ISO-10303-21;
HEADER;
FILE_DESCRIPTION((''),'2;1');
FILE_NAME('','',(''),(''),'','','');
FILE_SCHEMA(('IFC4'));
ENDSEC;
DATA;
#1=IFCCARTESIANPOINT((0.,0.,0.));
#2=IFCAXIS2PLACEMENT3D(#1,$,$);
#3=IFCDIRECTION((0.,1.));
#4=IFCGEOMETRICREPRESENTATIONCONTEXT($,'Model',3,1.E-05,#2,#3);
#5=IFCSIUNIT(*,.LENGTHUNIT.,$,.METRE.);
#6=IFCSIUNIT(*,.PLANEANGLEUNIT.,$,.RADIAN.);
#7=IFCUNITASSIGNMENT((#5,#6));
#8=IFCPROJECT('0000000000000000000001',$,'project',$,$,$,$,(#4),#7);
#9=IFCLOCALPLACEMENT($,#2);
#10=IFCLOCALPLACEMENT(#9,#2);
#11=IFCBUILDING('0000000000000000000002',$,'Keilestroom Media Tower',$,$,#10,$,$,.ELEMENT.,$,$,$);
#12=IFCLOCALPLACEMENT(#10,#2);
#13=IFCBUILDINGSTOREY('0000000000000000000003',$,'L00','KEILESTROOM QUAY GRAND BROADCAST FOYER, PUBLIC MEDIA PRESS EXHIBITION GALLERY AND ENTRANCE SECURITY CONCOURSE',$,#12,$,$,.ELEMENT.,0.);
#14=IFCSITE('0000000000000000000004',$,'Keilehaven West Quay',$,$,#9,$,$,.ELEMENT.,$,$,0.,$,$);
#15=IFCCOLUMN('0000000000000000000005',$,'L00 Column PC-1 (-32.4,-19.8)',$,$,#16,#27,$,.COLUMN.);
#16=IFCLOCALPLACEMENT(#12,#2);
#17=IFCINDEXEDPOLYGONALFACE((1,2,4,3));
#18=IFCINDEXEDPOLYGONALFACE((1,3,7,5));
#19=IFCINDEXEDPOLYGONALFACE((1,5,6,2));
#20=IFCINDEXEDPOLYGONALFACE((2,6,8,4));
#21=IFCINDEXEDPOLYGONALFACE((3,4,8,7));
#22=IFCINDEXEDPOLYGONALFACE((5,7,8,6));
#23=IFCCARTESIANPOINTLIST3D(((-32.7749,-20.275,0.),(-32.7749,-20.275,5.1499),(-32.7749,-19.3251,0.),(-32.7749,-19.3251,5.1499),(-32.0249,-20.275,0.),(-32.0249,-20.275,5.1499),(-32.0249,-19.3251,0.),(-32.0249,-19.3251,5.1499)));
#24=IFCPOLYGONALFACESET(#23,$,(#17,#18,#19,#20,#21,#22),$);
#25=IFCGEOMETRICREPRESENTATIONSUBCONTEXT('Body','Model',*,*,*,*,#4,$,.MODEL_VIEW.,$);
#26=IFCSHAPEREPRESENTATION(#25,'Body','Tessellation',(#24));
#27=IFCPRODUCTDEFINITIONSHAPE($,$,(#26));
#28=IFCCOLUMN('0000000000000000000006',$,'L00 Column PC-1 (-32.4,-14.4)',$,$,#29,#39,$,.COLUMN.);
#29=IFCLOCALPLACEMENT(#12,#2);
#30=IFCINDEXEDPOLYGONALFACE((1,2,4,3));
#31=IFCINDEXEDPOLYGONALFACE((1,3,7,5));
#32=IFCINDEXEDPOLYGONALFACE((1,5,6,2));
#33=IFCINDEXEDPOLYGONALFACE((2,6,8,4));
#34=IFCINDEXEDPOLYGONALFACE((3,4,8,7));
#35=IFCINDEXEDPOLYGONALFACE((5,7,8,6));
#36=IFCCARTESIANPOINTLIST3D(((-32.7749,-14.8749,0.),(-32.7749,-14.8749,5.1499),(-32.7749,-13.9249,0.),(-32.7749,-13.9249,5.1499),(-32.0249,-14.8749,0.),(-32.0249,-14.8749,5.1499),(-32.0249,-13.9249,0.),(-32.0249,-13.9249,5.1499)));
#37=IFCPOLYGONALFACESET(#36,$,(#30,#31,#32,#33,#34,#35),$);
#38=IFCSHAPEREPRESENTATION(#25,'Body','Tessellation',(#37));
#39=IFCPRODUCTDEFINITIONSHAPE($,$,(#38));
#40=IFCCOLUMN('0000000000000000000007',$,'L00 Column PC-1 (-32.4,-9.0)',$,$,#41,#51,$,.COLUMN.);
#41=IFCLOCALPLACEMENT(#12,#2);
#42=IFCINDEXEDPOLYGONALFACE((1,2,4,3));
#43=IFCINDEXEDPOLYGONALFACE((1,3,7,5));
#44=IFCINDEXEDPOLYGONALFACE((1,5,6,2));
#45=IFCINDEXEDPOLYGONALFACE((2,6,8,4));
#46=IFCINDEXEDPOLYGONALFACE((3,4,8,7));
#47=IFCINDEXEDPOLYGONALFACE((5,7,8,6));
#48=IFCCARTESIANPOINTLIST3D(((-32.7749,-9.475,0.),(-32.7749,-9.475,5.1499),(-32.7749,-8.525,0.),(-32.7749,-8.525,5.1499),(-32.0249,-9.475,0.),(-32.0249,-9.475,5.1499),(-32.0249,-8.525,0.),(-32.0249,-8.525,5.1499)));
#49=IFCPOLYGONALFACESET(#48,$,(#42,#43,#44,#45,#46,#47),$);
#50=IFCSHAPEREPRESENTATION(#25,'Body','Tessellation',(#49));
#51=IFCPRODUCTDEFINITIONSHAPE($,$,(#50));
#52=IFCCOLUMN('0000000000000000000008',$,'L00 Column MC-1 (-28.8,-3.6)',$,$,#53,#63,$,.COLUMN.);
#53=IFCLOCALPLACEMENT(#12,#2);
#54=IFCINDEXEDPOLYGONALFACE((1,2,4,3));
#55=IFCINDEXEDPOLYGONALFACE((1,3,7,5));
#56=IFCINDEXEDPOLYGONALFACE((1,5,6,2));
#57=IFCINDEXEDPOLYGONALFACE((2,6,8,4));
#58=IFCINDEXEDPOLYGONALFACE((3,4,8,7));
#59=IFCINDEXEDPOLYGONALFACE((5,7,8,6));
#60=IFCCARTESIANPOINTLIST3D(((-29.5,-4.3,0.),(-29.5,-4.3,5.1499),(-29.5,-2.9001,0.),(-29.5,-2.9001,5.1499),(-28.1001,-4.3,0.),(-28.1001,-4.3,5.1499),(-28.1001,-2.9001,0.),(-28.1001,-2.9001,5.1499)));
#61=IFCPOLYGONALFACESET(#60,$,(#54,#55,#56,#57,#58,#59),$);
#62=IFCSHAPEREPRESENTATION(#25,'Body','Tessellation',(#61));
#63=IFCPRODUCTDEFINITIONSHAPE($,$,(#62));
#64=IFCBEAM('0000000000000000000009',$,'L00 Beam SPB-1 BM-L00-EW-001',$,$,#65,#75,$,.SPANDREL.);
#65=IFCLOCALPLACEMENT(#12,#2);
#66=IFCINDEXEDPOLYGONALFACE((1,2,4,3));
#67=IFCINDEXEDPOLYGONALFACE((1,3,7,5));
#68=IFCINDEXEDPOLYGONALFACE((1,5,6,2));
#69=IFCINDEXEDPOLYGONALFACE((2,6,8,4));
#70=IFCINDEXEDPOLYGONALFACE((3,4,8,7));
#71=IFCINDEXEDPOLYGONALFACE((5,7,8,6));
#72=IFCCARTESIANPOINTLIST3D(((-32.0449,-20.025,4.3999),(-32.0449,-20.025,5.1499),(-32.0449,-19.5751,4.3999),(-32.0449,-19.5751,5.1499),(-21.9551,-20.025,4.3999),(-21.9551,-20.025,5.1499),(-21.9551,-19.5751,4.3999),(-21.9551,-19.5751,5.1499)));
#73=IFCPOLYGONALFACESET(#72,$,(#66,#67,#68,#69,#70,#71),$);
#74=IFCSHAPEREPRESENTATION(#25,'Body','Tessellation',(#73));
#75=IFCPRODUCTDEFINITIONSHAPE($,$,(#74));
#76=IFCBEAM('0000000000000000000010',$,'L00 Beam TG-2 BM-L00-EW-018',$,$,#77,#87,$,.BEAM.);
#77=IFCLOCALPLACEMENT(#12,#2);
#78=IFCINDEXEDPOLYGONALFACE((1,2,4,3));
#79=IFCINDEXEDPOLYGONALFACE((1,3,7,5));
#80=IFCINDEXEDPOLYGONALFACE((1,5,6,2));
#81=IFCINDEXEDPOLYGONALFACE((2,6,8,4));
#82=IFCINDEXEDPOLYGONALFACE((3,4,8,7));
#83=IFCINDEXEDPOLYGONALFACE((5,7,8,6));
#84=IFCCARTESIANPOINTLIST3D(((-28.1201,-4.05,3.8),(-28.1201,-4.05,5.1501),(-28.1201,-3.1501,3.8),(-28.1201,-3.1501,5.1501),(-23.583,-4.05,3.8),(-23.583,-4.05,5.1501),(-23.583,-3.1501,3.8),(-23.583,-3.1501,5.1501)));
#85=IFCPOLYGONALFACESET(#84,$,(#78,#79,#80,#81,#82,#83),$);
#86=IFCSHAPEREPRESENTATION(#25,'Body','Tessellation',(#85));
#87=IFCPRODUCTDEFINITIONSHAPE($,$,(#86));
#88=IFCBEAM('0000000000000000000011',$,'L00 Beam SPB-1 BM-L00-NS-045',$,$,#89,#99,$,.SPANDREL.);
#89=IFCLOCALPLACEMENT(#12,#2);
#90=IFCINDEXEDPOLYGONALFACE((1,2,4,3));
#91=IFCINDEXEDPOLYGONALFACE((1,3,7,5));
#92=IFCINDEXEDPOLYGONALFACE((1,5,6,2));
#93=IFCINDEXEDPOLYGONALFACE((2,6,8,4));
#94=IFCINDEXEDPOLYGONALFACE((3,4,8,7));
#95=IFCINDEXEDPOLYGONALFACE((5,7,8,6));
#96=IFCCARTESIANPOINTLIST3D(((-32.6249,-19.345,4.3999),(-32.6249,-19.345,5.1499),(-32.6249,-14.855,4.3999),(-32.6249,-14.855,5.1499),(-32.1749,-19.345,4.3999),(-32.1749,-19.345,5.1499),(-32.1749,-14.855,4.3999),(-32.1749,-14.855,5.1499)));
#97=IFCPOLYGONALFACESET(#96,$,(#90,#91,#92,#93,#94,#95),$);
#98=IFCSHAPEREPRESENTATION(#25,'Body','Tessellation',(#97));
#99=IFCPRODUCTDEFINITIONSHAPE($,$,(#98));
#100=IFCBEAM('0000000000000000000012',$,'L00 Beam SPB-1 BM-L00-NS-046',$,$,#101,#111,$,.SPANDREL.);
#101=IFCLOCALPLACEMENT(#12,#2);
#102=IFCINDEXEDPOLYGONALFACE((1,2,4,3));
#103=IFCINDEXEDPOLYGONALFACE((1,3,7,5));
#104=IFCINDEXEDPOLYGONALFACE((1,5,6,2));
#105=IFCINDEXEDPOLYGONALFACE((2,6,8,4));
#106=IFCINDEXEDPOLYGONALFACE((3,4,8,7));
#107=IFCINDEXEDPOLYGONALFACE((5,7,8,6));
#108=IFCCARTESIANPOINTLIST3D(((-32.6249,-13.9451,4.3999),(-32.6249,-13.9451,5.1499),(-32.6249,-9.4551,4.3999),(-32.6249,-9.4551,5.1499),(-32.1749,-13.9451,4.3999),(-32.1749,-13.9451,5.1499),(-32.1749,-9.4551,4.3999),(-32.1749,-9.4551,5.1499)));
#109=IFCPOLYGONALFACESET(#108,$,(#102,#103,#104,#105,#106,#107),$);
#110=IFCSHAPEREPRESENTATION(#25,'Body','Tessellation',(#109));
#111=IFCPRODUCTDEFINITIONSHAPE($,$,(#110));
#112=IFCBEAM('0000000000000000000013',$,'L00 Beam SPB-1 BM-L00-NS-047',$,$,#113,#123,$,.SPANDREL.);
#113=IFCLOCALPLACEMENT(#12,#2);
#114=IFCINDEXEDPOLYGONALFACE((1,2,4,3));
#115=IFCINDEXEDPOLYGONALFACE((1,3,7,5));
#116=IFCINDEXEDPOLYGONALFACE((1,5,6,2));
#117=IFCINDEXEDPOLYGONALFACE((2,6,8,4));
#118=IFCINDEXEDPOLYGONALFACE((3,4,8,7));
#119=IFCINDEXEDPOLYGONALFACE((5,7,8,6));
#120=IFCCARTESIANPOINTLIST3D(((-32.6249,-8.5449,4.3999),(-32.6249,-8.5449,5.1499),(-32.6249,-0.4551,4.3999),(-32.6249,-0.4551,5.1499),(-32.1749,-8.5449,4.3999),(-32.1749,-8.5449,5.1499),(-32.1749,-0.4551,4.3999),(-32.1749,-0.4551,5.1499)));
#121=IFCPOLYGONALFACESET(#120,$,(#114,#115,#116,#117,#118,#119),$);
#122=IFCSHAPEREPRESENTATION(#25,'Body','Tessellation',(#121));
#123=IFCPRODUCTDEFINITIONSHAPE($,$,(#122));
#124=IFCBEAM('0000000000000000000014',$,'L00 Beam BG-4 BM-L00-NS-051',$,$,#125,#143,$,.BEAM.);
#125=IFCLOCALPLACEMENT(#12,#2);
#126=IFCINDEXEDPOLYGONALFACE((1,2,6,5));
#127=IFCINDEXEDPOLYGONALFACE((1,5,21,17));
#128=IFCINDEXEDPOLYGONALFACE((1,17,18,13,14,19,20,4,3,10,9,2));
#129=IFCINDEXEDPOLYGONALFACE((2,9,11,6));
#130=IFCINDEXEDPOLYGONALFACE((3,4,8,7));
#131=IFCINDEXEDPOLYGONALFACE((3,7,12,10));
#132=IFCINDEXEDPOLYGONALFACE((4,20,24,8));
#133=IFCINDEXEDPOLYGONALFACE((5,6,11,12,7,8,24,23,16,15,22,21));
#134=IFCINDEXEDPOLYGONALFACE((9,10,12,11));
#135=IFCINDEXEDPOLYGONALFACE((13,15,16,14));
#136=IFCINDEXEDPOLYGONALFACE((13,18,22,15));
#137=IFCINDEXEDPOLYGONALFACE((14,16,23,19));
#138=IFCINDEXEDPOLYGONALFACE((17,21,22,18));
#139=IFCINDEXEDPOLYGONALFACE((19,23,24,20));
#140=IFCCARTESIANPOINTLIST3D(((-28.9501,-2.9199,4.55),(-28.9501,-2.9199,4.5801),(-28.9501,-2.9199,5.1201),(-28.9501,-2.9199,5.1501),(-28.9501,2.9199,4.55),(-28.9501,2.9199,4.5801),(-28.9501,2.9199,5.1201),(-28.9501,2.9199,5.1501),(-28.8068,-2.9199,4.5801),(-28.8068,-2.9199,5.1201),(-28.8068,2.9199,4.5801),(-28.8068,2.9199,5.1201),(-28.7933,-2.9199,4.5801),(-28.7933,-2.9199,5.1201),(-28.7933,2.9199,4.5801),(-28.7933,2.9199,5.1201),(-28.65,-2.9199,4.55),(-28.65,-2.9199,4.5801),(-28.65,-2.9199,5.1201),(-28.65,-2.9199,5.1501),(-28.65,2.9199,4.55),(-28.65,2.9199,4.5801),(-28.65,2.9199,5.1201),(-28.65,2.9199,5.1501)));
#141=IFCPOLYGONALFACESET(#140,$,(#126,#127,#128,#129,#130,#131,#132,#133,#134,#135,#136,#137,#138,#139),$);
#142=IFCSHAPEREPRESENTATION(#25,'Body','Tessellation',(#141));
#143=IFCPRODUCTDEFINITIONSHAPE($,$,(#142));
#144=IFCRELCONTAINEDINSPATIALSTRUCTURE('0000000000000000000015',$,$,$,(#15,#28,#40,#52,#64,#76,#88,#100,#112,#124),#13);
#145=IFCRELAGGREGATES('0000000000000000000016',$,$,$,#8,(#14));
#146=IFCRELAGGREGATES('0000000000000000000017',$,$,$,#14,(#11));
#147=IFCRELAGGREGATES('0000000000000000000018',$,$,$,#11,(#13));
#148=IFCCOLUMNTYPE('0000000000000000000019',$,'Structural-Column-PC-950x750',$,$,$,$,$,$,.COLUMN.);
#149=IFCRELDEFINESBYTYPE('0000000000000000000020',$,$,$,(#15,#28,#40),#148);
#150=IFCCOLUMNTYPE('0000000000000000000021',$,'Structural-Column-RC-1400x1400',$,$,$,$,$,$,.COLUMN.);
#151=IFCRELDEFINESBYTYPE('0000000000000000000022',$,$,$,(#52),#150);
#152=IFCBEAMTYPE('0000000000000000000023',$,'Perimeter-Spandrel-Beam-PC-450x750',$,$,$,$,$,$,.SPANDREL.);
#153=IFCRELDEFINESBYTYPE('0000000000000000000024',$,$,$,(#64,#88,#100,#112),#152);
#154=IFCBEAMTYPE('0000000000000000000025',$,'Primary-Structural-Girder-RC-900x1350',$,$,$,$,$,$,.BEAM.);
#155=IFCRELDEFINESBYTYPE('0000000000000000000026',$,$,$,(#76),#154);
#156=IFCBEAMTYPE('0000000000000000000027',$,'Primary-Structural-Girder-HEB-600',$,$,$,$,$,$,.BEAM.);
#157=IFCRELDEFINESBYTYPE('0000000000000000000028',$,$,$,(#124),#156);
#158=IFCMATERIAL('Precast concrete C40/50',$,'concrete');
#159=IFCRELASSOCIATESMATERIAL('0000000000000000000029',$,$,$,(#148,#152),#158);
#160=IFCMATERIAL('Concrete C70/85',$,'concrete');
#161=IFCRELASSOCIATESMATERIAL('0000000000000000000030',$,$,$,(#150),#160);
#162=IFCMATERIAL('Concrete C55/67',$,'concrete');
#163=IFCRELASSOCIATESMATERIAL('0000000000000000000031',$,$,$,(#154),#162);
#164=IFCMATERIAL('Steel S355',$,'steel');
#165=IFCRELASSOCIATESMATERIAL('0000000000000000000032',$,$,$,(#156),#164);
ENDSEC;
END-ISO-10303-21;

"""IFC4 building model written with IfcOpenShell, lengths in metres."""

from ifc_helpers import new_model, si_unit, direction, frame, origin, origin_2d, place, context, subcontext, project, spatial, rectangle, i_section, extrude, source, transform, mapped, material, material_profile, profile_set, type_object, element, save


model = new_model("IFC4")

# Units and contexts
model_context = context("Model", 3, precision=1e-05, world=origin(), true_north=direction((0.0, 1.0)))
body_context = subcontext(model_context, "Body", "Model", "MODEL_VIEW")
ifc_project = project(units=[si_unit("LENGTHUNIT", "METRE"), si_unit("PLANEANGLEUNIT", "RADIAN")], contexts=[model_context])

# Site, building, storey
site_placement = place(None, origin())
site = spatial("IfcSite", under=ifc_project, at=site_placement, Name="Keilehaven West Quay", CompositionType="ELEMENT", RefElevation=0.0)
building_placement = place(site_placement, origin())
building = spatial("IfcBuilding", under=site, at=building_placement, Name="Keilestroom Media Tower", CompositionType="ELEMENT")
storey_placement = place(building_placement, origin())
storey = spatial("IfcBuildingStorey", under=building, at=storey_placement, Name="L00", Description="KEILESTROOM QUAY GRAND BROADCAST FOYER, PUBLIC MEDIA PRESS EXHIBITION GALLERY AND ENTRANCE SECURITY CONCOURSE", CompositionType="ELEMENT", Elevation=0.0)

# Columns
ifc_material_1 = material(Name="Precast concrete C40/50", Category="concrete")
ifc_material_profile_1 = material_profile(ifc_material_1, rectangle(XDim=0.75, YDim=0.95, at=origin_2d()), Name="PC 950x750")
ifc_profile_set_1 = profile_set([ifc_material_profile_1], Name="Precast concrete C40/50")
column_type_1 = type_object("IfcColumnType", Name="Structural-Column-PC-950x750", PredefinedType="COLUMN", material=ifc_profile_set_1)
shared_shape_1 = source(origin(), body_context, "Body", "SweptSolid", [
    extrude(rectangle(XDim=0.75, YDim=0.95, at=origin_2d()), origin(), (0.0, 0.0, 1.0), 5.1499),
])
for number, where, z_axis, x_axis, name in (
    (1, (-32.3999, -19.8, 0.0), (0.0, 0.0, 1.0), (1.0, 0.0, 0.0), "L00 Column PC-1 (-32.4,-19.8)"),
    (2, (-32.3999, -14.3999, 0.0), (0.0, 0.0, 1.0), (1.0, 0.0, 0.0), "L00 Column PC-1 (-32.4,-14.4)"),
    (3, (-32.3999, -9.0, 0.0), (0.0, 0.0, 1.0), (1.0, 0.0, 0.0), "L00 Column PC-1 (-32.4,-9.0)"),
):
    element("IfcColumn", number, at=place(storey_placement, frame(where, z_axis=z_axis, x_axis=x_axis)), inside=storey, type_object=column_type_1, Name=name, PredefinedType="COLUMN", context=body_context, shape_type="MappedRepresentation", body=[
        mapped(shared_shape_1, transform((0.0, 0.0, 0.0), x_axis=(1.0, 0.0, 0.0), y_axis=(0.0, 1.0, 0.0), z_axis=(0.0, 0.0, 1.0), scale=1.0)),
    ])
ifc_material_2 = material(Name="Concrete C70/85", Category="concrete")
ifc_material_profile_2 = material_profile(ifc_material_2, rectangle(XDim=1.3999, YDim=1.3999, at=origin_2d()), Name="RC 1400x1400")
ifc_profile_set_2 = profile_set([ifc_material_profile_2], Name="Concrete C70/85")
column_type_2 = type_object("IfcColumnType", Name="Structural-Column-RC-1400x1400", PredefinedType="COLUMN", material=ifc_profile_set_2)
shared_shape_2 = source(origin(), body_context, "Body", "SweptSolid", [
    extrude(rectangle(XDim=1.3999, YDim=1.3999, at=origin_2d()), origin(), (0.0, 0.0, 1.0), 5.1499),
])
column_placement = place(storey_placement, frame((-28.8, -3.6001, 0.0), z_axis=(0.0, 0.0, 1.0), x_axis=(1.0, 0.0, 0.0)))
element("IfcColumn", 4, at=column_placement, inside=storey, type_object=column_type_2, Name="L00 Column MC-1 (-28.8,-3.6)", PredefinedType="COLUMN", context=body_context, shape_type="MappedRepresentation", body=[
    mapped(shared_shape_2, transform((0.0, 0.0, 0.0), x_axis=(1.0, 0.0, 0.0), y_axis=(0.0, 1.0, 0.0), z_axis=(0.0, 0.0, 1.0), scale=1.0)),
])

# Beams
ifc_material_profile_3 = material_profile(ifc_material_1, rectangle(XDim=0.45, YDim=0.75, at=origin_2d()), Name="PC 450x750")
ifc_profile_set_3 = profile_set([ifc_material_profile_3], Name="Precast concrete C40/50")
beam_type_1 = type_object("IfcBeamType", Name="Perimeter-Spandrel-Beam-PC-450x750", PredefinedType="SPANDREL", material=ifc_profile_set_3)
shared_shape_3 = source(origin(), body_context, "Body", "SweptSolid", [
    extrude(rectangle(XDim=0.45, YDim=0.75, at=origin_2d()), origin(), (0.0, 0.0, 1.0), 10.0898),
])
beam_1_placement = place(storey_placement, frame((-32.0449, -19.8, 4.7749), z_axis=(1.0, 0.0, 0.0), x_axis=(0.0, 1.0, 0.0)))
element("IfcBeam", 5, at=beam_1_placement, inside=storey, type_object=beam_type_1, Name="L00 Beam SPB-1 BM-L00-EW-001", PredefinedType="SPANDREL", context=body_context, shape_type="MappedRepresentation", body=[
    mapped(shared_shape_3, transform((0.0, 0.0, 0.0), x_axis=(1.0, 0.0, 0.0), y_axis=(0.0, 1.0, 0.0), z_axis=(0.0, 0.0, 1.0), scale=1.0)),
])
ifc_material_3 = material(Name="Concrete C55/67", Category="concrete")
ifc_material_profile_4 = material_profile(ifc_material_3, rectangle(XDim=0.8999, YDim=1.3501, at=origin_2d()), Name="RC 900x1350")
ifc_profile_set_4 = profile_set([ifc_material_profile_4], Name="Concrete C55/67")
beam_type_2 = type_object("IfcBeamType", Name="Primary-Structural-Girder-RC-900x1350", PredefinedType="BEAM", material=ifc_profile_set_4)
shared_shape_4 = source(origin(), body_context, "Body", "SweptSolid", [
    extrude(rectangle(XDim=0.8999, YDim=1.3501, at=origin_2d()), origin(), (0.0, 0.0, 1.0), 4.5371),
])
beam_2_placement = place(storey_placement, frame((-28.1201, -3.6001, 4.4751), z_axis=(1.0, 0.0, 0.0), x_axis=(0.0, 1.0, 0.0)))
element("IfcBeam", 6, at=beam_2_placement, inside=storey, type_object=beam_type_2, Name="L00 Beam TG-2 BM-L00-EW-018", PredefinedType="BEAM", context=body_context, shape_type="MappedRepresentation", body=[
    mapped(shared_shape_4, transform((0.0, 0.0, 0.0), x_axis=(1.0, 0.0, 0.0), y_axis=(0.0, 1.0, 0.0), z_axis=(0.0, 0.0, 1.0), scale=1.0)),
])
shared_shape_5 = source(origin(), body_context, "Body", "SweptSolid", [
    extrude(rectangle(XDim=0.45, YDim=0.75, at=origin_2d()), origin(), (0.0, 0.0, 1.0), 4.49),
])
for number, where, z_axis, x_axis, name in (
    (7, (-32.3999, -19.345, 4.7749), (0.0, 1.0, 0.0), (-1.0, 0.0, 0.0), "L00 Beam SPB-1 BM-L00-NS-045"),
    (8, (-32.3999, -13.9451, 4.7749), (0.0, 1.0, 0.0), (-1.0, 0.0, 0.0), "L00 Beam SPB-1 BM-L00-NS-046"),
):
    element("IfcBeam", number, at=place(storey_placement, frame(where, z_axis=z_axis, x_axis=x_axis)), inside=storey, type_object=beam_type_1, Name=name, PredefinedType="SPANDREL", context=body_context, shape_type="MappedRepresentation", body=[
        mapped(shared_shape_5, transform((0.0, 0.0, 0.0), x_axis=(1.0, 0.0, 0.0), y_axis=(0.0, 1.0, 0.0), z_axis=(0.0, 0.0, 1.0), scale=1.0)),
    ])
shared_shape_6 = source(origin(), body_context, "Body", "SweptSolid", [
    extrude(rectangle(XDim=0.45, YDim=0.75, at=origin_2d()), origin(), (0.0, 0.0, 1.0), 8.0898),
])
beam_3_placement = place(storey_placement, frame((-32.3999, -8.5449, 4.7749), z_axis=(0.0, 1.0, 0.0), x_axis=(-1.0, 0.0, 0.0)))
element("IfcBeam", 9, at=beam_3_placement, inside=storey, type_object=beam_type_1, Name="L00 Beam SPB-1 BM-L00-NS-047", PredefinedType="SPANDREL", context=body_context, shape_type="MappedRepresentation", body=[
    mapped(shared_shape_6, transform((0.0, 0.0, 0.0), x_axis=(1.0, 0.0, 0.0), y_axis=(0.0, 1.0, 0.0), z_axis=(0.0, 0.0, 1.0), scale=1.0)),
])
ifc_material_4 = material(Name="Steel S355", Category="steel")
ifc_material_profile_5 = material_profile(ifc_material_4, i_section(OverallWidth=0.3, OverallDepth=0.6001, WebThickness=0.0134, FlangeThickness=0.03, at=origin_2d()), Name="HEB 600")
ifc_profile_set_5 = profile_set([ifc_material_profile_5], Name="Steel S355")
beam_type_3 = type_object("IfcBeamType", Name="Primary-Structural-Girder-HEB-600", PredefinedType="BEAM", material=ifc_profile_set_5)
shared_shape_7 = source(origin(), body_context, "Body", "SweptSolid", [
    extrude(i_section(OverallWidth=0.3, OverallDepth=0.6001, WebThickness=0.0134, FlangeThickness=0.03, at=origin_2d()), origin(), (0.0, 0.0, 1.0), 5.8398),
])
beam_4_placement = place(storey_placement, frame((-28.8, -2.9199, 4.8501), z_axis=(0.0, 1.0, 0.0), x_axis=(-1.0, 0.0, 0.0)))
element("IfcBeam", 10, at=beam_4_placement, inside=storey, type_object=beam_type_3, Name="L00 Beam BG-4 BM-L00-NS-051", PredefinedType="BEAM", context=body_context, shape_type="MappedRepresentation", body=[
    mapped(shared_shape_7, transform((0.0, 0.0, 0.0), x_axis=(1.0, 0.0, 0.0), y_axis=(0.0, 1.0, 0.0), z_axis=(0.0, 0.0, 1.0), scale=1.0)),
])

save(model, "model.ifc")
